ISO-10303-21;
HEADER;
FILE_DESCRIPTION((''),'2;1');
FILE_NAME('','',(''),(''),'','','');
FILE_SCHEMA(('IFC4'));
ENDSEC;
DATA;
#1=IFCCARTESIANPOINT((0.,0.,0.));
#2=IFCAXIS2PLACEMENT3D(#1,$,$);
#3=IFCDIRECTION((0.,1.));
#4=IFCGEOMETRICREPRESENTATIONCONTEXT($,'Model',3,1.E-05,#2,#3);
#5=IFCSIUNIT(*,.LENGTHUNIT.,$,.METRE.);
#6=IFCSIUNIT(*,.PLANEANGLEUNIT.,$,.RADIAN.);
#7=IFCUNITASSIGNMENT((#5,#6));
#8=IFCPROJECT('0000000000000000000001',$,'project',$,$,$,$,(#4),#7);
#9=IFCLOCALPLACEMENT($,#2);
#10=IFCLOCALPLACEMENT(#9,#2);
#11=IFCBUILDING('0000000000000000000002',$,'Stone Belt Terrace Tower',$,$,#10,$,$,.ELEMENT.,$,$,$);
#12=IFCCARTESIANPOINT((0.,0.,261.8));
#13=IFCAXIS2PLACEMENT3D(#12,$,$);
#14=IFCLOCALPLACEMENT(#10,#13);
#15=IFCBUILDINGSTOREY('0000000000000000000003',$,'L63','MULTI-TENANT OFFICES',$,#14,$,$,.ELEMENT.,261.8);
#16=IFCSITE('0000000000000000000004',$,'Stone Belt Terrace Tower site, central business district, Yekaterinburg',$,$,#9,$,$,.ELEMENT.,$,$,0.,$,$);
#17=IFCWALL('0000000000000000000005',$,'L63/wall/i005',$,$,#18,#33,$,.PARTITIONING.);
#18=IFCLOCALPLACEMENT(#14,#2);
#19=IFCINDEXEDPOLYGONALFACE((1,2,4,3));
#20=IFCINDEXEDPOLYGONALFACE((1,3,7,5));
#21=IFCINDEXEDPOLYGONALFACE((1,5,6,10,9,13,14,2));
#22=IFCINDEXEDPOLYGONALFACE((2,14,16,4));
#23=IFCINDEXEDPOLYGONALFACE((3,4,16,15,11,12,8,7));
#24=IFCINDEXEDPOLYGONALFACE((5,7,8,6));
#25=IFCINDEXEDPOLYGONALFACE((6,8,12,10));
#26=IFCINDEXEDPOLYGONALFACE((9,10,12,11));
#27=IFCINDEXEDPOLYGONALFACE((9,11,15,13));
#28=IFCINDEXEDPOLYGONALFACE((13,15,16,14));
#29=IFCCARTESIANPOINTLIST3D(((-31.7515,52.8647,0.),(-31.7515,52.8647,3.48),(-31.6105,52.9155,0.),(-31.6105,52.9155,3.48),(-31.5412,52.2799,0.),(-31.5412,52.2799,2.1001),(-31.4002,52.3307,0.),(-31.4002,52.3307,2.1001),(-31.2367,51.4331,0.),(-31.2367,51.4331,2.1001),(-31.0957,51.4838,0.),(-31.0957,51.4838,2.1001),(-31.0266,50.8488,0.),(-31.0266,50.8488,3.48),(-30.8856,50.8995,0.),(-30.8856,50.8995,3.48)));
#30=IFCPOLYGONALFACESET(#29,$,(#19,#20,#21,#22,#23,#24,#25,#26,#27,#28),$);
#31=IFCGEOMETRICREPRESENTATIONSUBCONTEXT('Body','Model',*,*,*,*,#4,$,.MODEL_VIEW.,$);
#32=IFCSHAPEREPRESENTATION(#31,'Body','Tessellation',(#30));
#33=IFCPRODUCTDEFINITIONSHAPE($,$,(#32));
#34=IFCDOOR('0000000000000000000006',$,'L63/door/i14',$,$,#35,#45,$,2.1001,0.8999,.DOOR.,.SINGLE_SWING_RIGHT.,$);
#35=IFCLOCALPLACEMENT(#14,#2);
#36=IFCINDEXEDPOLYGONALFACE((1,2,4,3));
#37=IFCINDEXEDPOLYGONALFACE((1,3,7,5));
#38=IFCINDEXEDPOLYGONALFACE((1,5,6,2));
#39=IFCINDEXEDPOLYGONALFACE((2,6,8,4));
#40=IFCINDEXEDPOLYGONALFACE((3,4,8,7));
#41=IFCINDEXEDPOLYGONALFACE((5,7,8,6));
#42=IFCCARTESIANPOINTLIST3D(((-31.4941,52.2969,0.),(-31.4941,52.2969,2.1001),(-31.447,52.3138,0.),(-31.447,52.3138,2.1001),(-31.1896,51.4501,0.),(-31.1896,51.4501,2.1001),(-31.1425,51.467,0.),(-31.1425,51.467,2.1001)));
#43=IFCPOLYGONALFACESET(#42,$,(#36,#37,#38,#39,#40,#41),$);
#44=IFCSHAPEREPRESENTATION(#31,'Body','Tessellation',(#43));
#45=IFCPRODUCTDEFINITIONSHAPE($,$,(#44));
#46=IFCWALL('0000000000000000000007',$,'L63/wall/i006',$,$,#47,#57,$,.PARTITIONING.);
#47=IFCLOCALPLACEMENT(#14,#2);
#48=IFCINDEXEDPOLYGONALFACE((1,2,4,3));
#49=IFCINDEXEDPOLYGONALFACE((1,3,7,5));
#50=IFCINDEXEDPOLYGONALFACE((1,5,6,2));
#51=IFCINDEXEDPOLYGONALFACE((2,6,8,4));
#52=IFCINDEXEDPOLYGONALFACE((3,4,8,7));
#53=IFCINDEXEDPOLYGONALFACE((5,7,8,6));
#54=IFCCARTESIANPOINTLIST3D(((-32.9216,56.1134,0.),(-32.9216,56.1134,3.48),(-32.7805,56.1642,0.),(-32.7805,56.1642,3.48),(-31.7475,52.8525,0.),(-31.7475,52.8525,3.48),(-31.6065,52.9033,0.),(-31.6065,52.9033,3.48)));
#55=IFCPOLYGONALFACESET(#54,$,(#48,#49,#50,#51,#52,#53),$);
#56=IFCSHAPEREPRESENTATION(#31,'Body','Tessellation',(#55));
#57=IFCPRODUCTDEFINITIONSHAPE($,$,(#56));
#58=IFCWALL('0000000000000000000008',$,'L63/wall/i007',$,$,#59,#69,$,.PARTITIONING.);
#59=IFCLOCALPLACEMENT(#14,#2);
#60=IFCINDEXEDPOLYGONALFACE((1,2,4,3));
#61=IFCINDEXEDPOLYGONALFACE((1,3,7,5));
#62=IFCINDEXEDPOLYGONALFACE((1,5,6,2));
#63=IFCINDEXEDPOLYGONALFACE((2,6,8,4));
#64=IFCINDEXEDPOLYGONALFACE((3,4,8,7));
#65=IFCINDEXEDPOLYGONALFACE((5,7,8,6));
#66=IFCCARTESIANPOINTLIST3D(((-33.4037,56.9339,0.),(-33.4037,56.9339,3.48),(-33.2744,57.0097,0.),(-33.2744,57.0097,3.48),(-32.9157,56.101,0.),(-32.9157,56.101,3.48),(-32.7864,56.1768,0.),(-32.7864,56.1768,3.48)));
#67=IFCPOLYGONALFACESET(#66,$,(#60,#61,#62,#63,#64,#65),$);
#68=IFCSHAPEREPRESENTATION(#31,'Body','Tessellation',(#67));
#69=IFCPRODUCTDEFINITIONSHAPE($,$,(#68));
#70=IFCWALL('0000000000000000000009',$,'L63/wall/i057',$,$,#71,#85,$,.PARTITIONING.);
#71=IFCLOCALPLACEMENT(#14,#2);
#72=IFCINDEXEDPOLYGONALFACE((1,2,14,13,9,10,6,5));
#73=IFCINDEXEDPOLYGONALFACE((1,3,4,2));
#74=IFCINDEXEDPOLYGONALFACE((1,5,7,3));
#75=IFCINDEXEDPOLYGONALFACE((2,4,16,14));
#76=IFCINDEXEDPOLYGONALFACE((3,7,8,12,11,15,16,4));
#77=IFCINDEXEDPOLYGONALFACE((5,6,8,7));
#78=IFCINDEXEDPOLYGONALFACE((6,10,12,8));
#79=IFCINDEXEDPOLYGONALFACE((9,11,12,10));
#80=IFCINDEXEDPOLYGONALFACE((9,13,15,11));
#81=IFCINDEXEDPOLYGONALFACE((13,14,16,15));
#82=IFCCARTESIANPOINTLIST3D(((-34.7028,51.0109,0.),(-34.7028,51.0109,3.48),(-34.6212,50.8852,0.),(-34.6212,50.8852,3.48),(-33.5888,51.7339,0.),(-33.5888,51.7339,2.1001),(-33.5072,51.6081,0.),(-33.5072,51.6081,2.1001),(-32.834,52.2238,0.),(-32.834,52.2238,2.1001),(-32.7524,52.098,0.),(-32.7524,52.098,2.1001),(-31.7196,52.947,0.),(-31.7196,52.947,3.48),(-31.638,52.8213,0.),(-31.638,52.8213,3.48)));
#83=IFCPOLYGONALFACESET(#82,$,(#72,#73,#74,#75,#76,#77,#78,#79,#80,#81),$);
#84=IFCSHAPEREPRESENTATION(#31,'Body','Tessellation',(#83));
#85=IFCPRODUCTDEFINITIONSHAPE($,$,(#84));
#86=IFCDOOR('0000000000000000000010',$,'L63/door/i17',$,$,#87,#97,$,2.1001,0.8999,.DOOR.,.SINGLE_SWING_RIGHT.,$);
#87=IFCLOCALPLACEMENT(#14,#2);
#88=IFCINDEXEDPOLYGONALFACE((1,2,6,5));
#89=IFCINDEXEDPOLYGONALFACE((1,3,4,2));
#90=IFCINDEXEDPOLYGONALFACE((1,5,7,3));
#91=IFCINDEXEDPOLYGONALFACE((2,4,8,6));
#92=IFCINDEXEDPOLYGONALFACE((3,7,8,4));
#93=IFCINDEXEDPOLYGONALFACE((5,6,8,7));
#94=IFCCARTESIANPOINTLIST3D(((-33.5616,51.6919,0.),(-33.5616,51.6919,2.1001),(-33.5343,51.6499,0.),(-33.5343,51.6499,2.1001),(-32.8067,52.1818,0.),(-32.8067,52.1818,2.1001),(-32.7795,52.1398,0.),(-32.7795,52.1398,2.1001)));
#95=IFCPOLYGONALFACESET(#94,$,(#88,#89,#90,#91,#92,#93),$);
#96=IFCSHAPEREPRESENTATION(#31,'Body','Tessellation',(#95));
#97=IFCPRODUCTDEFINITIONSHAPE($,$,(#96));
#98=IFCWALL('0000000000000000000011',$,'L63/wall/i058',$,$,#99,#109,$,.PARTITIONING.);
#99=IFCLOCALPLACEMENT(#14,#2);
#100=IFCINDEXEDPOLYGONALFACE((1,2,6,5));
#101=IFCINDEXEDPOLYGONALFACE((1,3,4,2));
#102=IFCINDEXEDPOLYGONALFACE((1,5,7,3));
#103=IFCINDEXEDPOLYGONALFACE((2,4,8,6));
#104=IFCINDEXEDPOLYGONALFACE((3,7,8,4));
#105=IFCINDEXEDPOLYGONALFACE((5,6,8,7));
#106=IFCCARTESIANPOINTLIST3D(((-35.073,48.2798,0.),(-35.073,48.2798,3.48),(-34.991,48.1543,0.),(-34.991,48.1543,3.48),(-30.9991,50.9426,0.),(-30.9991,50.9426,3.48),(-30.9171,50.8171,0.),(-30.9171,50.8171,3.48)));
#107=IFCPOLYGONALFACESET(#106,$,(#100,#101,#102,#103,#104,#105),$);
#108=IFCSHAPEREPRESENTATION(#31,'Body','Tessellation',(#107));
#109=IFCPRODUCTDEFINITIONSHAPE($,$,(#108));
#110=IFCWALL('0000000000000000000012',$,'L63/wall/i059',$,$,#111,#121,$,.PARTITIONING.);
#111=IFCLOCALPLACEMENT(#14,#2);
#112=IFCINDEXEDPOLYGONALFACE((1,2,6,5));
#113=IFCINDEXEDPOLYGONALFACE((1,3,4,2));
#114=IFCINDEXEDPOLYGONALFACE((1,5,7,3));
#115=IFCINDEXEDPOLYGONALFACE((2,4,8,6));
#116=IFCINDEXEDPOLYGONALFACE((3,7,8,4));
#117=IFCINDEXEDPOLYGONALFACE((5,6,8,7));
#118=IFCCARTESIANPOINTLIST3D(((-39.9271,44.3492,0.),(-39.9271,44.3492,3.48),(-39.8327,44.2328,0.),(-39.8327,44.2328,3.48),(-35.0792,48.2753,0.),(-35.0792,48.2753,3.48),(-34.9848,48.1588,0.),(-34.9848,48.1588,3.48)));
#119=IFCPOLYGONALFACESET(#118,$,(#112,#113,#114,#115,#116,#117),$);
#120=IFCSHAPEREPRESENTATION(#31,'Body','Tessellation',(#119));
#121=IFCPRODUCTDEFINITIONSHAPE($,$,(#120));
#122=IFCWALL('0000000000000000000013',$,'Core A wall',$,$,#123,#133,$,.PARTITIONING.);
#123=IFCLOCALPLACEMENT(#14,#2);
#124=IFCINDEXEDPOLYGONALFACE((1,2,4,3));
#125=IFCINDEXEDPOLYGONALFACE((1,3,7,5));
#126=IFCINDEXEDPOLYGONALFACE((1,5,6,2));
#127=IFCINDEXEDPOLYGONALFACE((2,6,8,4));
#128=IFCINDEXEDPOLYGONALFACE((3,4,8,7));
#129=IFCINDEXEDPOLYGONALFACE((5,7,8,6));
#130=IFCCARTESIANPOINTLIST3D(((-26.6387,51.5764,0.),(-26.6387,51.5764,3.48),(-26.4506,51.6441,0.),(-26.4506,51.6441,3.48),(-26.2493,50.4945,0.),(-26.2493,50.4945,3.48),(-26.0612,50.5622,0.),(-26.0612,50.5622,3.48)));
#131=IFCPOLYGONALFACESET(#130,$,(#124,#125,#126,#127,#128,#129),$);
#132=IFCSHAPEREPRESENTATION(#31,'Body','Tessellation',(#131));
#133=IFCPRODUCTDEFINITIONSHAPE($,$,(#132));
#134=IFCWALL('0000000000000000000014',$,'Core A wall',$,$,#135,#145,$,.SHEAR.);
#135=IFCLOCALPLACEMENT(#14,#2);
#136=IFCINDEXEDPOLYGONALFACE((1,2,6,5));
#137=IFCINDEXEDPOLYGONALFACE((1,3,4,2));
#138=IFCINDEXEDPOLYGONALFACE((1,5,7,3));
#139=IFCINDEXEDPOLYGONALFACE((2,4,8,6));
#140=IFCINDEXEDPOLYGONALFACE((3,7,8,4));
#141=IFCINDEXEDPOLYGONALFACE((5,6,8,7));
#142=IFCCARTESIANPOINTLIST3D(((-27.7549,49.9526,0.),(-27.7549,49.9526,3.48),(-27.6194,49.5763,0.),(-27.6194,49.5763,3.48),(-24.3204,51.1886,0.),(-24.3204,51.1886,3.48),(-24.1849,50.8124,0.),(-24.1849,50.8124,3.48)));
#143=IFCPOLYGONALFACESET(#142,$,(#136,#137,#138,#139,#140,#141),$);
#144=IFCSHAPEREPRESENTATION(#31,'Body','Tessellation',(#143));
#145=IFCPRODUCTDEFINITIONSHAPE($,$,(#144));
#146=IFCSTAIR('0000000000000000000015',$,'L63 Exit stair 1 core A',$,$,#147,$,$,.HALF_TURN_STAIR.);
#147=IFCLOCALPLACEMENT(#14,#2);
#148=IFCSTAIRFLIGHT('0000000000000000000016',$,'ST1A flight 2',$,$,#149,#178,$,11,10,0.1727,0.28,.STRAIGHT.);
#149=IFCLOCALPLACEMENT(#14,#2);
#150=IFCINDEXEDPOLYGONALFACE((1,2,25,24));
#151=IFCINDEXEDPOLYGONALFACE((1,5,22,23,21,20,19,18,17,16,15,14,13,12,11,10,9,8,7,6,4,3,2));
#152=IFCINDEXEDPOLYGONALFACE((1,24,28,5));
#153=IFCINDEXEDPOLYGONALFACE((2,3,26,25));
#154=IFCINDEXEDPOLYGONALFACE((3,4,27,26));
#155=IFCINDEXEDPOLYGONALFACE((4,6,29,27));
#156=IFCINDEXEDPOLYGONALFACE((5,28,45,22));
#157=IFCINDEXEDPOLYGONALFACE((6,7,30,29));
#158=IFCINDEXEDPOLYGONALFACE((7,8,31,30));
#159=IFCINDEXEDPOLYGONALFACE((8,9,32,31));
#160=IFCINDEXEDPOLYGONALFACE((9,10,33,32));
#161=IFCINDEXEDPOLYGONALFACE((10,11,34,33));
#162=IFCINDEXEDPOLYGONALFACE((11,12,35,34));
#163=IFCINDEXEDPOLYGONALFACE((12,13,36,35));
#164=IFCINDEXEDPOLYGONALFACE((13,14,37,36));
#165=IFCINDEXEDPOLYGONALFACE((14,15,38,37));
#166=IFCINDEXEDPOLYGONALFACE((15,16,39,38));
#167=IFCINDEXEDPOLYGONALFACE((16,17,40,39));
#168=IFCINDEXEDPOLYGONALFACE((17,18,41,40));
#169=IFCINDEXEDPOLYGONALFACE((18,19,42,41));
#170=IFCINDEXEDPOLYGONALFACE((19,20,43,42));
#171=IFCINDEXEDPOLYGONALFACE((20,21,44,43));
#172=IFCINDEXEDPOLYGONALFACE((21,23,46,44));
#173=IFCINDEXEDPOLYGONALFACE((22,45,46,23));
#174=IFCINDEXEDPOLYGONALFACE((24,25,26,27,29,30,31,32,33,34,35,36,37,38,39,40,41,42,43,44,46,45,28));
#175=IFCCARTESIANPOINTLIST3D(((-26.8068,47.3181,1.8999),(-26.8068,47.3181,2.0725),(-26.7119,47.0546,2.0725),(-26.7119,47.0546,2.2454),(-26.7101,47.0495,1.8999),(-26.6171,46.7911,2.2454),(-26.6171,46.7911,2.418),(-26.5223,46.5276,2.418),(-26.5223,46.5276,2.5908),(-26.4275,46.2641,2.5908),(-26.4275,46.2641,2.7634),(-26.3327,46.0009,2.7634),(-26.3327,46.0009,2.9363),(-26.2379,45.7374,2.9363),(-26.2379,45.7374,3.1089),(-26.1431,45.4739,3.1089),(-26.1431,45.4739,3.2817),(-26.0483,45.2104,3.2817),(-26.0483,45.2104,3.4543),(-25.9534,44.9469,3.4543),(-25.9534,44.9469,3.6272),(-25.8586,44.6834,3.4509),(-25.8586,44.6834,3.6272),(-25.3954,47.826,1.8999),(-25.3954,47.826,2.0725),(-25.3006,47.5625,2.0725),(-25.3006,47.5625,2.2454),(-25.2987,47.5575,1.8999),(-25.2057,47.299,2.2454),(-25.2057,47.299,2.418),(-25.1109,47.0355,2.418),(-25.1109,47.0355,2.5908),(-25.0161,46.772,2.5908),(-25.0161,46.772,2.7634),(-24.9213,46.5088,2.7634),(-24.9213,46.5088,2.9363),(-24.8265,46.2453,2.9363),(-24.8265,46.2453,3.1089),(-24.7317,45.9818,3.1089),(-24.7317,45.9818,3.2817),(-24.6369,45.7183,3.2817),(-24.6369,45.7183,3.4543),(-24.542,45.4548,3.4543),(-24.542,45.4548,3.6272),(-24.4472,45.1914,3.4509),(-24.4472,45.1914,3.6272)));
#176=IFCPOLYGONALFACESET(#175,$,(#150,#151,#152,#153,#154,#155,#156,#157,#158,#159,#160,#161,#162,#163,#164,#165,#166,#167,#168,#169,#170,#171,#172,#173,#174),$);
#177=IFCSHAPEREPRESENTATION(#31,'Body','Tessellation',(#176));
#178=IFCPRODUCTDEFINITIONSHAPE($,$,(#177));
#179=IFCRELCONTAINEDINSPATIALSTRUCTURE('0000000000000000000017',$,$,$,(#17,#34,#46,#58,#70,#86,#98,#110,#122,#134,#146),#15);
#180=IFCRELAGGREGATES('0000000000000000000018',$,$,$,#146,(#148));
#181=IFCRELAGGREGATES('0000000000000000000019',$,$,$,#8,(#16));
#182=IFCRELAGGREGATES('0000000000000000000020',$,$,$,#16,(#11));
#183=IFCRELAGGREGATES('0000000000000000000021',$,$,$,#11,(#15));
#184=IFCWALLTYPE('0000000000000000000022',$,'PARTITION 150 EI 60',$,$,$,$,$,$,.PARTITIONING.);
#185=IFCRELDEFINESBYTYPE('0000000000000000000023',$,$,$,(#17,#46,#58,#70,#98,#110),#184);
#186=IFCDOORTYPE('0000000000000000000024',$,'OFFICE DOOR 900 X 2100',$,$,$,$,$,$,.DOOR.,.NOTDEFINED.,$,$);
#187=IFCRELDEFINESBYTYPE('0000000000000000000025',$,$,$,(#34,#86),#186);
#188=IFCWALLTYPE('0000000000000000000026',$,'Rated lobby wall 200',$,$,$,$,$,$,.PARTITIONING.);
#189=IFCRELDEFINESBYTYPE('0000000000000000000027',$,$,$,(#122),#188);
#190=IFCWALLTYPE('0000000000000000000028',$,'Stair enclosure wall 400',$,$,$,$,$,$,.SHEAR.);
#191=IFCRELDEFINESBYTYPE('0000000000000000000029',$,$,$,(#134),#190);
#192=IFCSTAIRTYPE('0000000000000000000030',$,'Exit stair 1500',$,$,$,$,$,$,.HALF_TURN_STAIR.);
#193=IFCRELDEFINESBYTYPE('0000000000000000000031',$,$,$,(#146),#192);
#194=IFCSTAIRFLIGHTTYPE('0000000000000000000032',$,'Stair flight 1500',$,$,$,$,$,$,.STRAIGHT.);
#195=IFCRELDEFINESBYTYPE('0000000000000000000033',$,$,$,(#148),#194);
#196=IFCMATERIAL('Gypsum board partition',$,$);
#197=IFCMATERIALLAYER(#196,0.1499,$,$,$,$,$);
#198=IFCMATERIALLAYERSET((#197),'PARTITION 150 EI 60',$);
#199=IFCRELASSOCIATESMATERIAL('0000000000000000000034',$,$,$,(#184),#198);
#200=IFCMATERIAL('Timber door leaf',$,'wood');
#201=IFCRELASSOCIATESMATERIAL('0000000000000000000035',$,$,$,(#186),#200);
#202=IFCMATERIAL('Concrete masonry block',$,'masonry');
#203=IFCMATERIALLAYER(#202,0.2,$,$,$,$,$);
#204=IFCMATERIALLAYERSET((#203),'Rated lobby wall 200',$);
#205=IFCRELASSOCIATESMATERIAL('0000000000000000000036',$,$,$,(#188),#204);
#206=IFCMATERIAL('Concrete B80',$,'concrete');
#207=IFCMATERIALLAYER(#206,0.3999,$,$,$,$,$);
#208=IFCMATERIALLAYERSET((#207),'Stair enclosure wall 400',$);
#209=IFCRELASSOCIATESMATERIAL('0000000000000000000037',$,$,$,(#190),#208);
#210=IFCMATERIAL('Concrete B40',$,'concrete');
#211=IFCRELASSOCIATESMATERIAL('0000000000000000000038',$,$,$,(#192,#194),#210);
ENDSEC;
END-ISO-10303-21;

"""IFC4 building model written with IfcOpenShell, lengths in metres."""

from ifc_helpers import new_model, si_unit, direction, frame, frame_2d, origin, place, context, subcontext, project, spatial, polyline, rectangle, outline, extrude, material, layer, layer_set, type_object, element, fill, aggregate, save


model = new_model("IFC4")

# Units and contexts
model_context = context("Model", 3, precision=1e-05, world=origin(), true_north=direction((0.0, 1.0)))
body_context = subcontext(model_context, "Body", "Model", "MODEL_VIEW")
ifc_project = project(units=[si_unit("LENGTHUNIT", "METRE"), si_unit("PLANEANGLEUNIT", "RADIAN")], contexts=[model_context])

# Site, building, storey
site_placement = place(None, origin())
site = spatial("IfcSite", under=ifc_project, at=site_placement, Name="Stone Belt Terrace Tower site, central business district, Yekaterinburg", CompositionType="ELEMENT", RefElevation=0.0)
building_placement = place(site_placement, origin())
building = spatial("IfcBuilding", under=site, at=building_placement, Name="Stone Belt Terrace Tower", CompositionType="ELEMENT")
storey_placement = place(building_placement, frame((0.0, 0.0, 261.8)))
storey = spatial("IfcBuildingStorey", under=building, at=storey_placement, Name="L63", Description="MULTI-TENANT OFFICES", CompositionType="ELEMENT", Elevation=261.8)

# Wall, opening, door
ifc_material_1 = material(Name="Concrete B80", Category="concrete")
ifc_material_2 = material(Name="Gypsum board partition")
ifc_layer_1 = layer(ifc_material_2, 0.1499)
ifc_layer_set_1 = layer_set([ifc_layer_1], Name="PARTITION 150 EI 60")
wall_type_1 = type_object("IfcWallType", Name="PARTITION 150 EI 60", PredefinedType="PARTITIONING", material=ifc_layer_set_1)
ifc_material_3 = material(Name="Timber door leaf", Category="wood")
door_type_1 = type_object("IfcDoorType", Name="OFFICE DOOR 900 X 2100", OperationType="NOTDEFINED", PredefinedType="DOOR", material=ifc_material_3)
wall_1_placement = place(storey_placement, frame((-30.9561, 50.874, 0.0), z_axis=(0.0, 0.0, 1.0), x_axis=(-0.338364, 0.941015, 0.0)))
wall_1 = element("IfcWall", 1, at=wall_1_placement, inside=storey, type_object=wall_type_1, Name="L63/wall/i005", PredefinedType="PARTITIONING", context=body_context, shape_type="SweptSolid", body=[
    extrude(rectangle(XDim=2.1423, YDim=0.1499, at=frame_2d((1.0713, 0.0))), origin(), (0.0, 0.0, 1.0), 3.48),
])
opening_1_placement = place(wall_1_placement, frame((0.6211, 0.0, 0.0)))
opening_1 = element("IfcOpeningElement", 2, at=opening_1_placement, cuts=wall_1, PredefinedType="OPENING", context=body_context, shape_type="SweptSolid", body=[
    extrude(rectangle(XDim=0.8999, YDim=2.1001, at=frame_2d((0.45, 1.05))), frame((0.0, 0.085, 0.0), z_axis=(0.0, -1.0, 0.0), x_axis=(1.0, 0.0, 0.0)), (0.0, 0.0, 1.0), 0.1699),
])
door_1_placement = place(opening_1_placement, origin())
door_1 = element("IfcDoor", 3, at=door_1_placement, inside=storey, type_object=door_type_1, Name="L63/door/i14", OperationType="SINGLE_SWING_RIGHT", OverallHeight=2.1001, OverallWidth=0.8999, PredefinedType="DOOR", context=body_context, shape_type="SweptSolid", body=[
    extrude(rectangle(XDim=0.8999, YDim=2.1001, at=frame_2d((0.45, 1.05))), frame((0.0, 0.0249, 0.0), z_axis=(0.0, -1.0, 0.0), x_axis=(1.0, 0.0, 0.0)), (0.0, 0.0, 1.0), 0.05),
])
fill(opening_1, door_1)

# Walls
wall_2_placement = place(storey_placement, frame((-31.677, 52.8779, 0.0), z_axis=(0.0, 0.0, 1.0), x_axis=(-0.338749, 0.940877, 0.0)))
element("IfcWall", 4, at=wall_2_placement, inside=storey, type_object=wall_type_1, Name="L63/wall/i006", PredefinedType="PARTITIONING", context=body_context, shape_type="SweptSolid", body=[
    extrude(rectangle(XDim=3.4658, YDim=0.1499, at=frame_2d((1.7329, 0.0))), origin(), (0.0, 0.0, 1.0), 3.48),
])
wall_3_placement = place(storey_placement, frame((-32.8511, 56.1389, 0.0), z_axis=(0.0, 0.0, 1.0), x_axis=(-0.505505, 0.862823, 0.0)))
element("IfcWall", 5, at=wall_3_placement, inside=storey, type_object=wall_type_1, Name="L63/wall/i007", PredefinedType="PARTITIONING", context=body_context, shape_type="SweptSolid", body=[
    extrude(rectangle(XDim=0.9653, YDim=0.1499, at=frame_2d((0.4827, 0.0))), origin(), (0.0, 0.0, 1.0), 3.48),
])

# Wall, opening, door
wall_4_placement = place(storey_placement, frame((-34.6621, 50.948, 0.0), z_axis=(0.0, 0.0, 1.0), x_axis=(0.838831, 0.544392, 0.0)))
wall_4 = element("IfcWall", 6, at=wall_4_placement, inside=storey, type_object=wall_type_1, Name="L63/wall/i057", PredefinedType="PARTITIONING", context=body_context, shape_type="SweptSolid", body=[
    extrude(rectangle(XDim=3.5564, YDim=0.1499, at=frame_2d((1.7783, 0.0))), origin(), (0.0, 0.0, 1.0), 3.48),
])
opening_2_placement = place(wall_4_placement, frame((1.3281, 0.0, 0.0)))
opening_2 = element("IfcOpeningElement", 7, at=opening_2_placement, cuts=wall_4, PredefinedType="OPENING", context=body_context, shape_type="SweptSolid", body=[
    extrude(rectangle(XDim=0.8999, YDim=2.1001, at=frame_2d((0.45, 1.05))), frame((0.0, 0.085, 0.0), z_axis=(0.0, -1.0, 0.0), x_axis=(1.0, 0.0, 0.0)), (0.0, 0.0, 1.0), 0.1699),
])
door_2_placement = place(opening_2_placement, origin())
door_2 = element("IfcDoor", 8, at=door_2_placement, inside=storey, type_object=door_type_1, Name="L63/door/i17", OperationType="SINGLE_SWING_RIGHT", OverallHeight=2.1001, OverallWidth=0.8999, PredefinedType="DOOR", context=body_context, shape_type="SweptSolid", body=[
    extrude(rectangle(XDim=0.8999, YDim=2.1001, at=frame_2d((0.45, 1.05))), frame((0.0, 0.0249, 0.0), z_axis=(0.0, -1.0, 0.0), x_axis=(1.0, 0.0, 0.0)), (0.0, 0.0, 1.0), 0.05),
])
fill(opening_2, door_2)

# Walls
wall_5_placement = place(storey_placement, frame((-30.958, 50.8799, 0.0), z_axis=(0.0, 0.0, 1.0), x_axis=(-0.837055, -0.547118, 0.0)))
element("IfcWall", 9, at=wall_5_placement, inside=storey, type_object=wall_type_1, Name="L63/wall/i058", PredefinedType="PARTITIONING", context=body_context, shape_type="SweptSolid", body=[
    extrude(rectangle(XDim=4.8669, YDim=0.1499, at=frame_2d((2.4336, 0.0))), origin(), (0.0, 0.0, 1.0), 3.48),
])
wall_6_placement = place(storey_placement, frame((-35.032, 48.217, 0.0), z_axis=(0.0, 0.0, 1.0), x_axis=(-0.777125, -0.629347, 0.0)))
element("IfcWall", 10, at=wall_6_placement, inside=storey, type_object=wall_type_1, Name="L63/wall/i059", PredefinedType="PARTITIONING", context=body_context, shape_type="SweptSolid", body=[
    extrude(rectangle(XDim=6.2383, YDim=0.1499, at=frame_2d((3.1191, 0.0))), origin(), (0.0, 0.0, 1.0), 3.48),
])
ifc_material_4 = material(Name="Concrete masonry block", Category="masonry")
ifc_layer_2 = layer(ifc_material_4, 0.2)
ifc_layer_set_2 = layer_set([ifc_layer_2], Name="Rated lobby wall 200")
wall_type_2 = type_object("IfcWallType", Name="Rated lobby wall 200", PredefinedType="PARTITIONING", material=ifc_layer_set_2)
wall_7_placement = place(storey_placement, frame((-26.1553, 50.5283, 0.0), z_axis=(0.0, 0.0, 1.0), x_axis=(-0.338622, 0.940923, 0.0)))
element("IfcWall", 11, at=wall_7_placement, inside=storey, type_object=wall_type_2, Name="Core A wall", PredefinedType="PARTITIONING", context=body_context, shape_type="SweptSolid", body=[
    extrude(rectangle(XDim=1.1499, YDim=0.2, at=frame_2d((0.575, 0.0))), origin(), (0.0, 0.0, 1.0), 3.48),
])
ifc_layer_3 = layer(ifc_material_1, 0.3999)
ifc_layer_set_3 = layer_set([ifc_layer_3], Name="Stair enclosure wall 400")
wall_type_3 = type_object("IfcWallType", Name="Stair enclosure wall 400", PredefinedType="SHEAR", material=ifc_layer_set_3)
wall_8_placement = place(storey_placement, frame((-27.6873, 49.7644, 0.0), z_axis=(0.0, 0.0, 1.0), x_axis=(0.940919, 0.338632, 0.0)))
element("IfcWall", 12, at=wall_8_placement, inside=storey, type_object=wall_type_3, Name="Core A wall", PredefinedType="SHEAR", context=body_context, shape_type="SweptSolid", body=[
    extrude(rectangle(XDim=3.6501, YDim=0.3999, at=frame_2d((1.8252, 0.0))), origin(), (0.0, 0.0, 1.0), 3.48),
])

# Stair, stair flight
ifc_material_5 = material(Name="Concrete B40", Category="concrete")
stair_type = type_object("IfcStairType", Name="Exit stair 1500", PredefinedType="HALF_TURN_STAIR", material=ifc_material_5)
stair_placement = place(storey_placement, origin())
stair = element("IfcStair", 13, at=stair_placement, inside=storey, type_object=stair_type, Name="L63 Exit stair 1 core A", PredefinedType="HALF_TURN_STAIR")
stair_flight_type = type_object("IfcStairFlightType", Name="Stair flight 1500", PredefinedType="STRAIGHT", material=ifc_material_5)
stair_flight_placement = place(storey_placement, frame((-26.1011, 47.572, 1.8999), z_axis=(0.0, 0.0, 1.0), x_axis=(0.338624, -0.940922, 0.0)))
stair_flight = element("IfcStairFlight", 14, at=stair_flight_placement, type_object=stair_flight_type, Name="ST1A flight 2", NumberOfRisers=11, NumberOfTreads=10, PredefinedType="STRAIGHT", RiserHeight=0.1727, TreadLength=0.28, context=body_context, shape_type="SweptSolid", body=[
    extrude(outline(polyline([(0.0, 0.0), (0.0, 0.1726), (0.28, 0.1726), (0.28, 0.3455), (0.5601, 0.3455), (0.5601, 0.5181), (0.8401, 0.5181), (0.8401, 0.6909), (1.1201, 0.6909), (1.1201, 0.8635), (1.3999, 0.8635), (1.3999, 1.0364), (1.6799, 1.0364), (1.6799, 1.209), (1.96, 1.209), (1.96, 1.3818), (2.24, 1.3818), (2.24, 1.5544), (2.52, 1.5544), (2.52, 1.7273), (2.8, 1.7273), (2.8, 1.8999), (2.8, 1.551), (0.2854, 0.0), (0.0, 0.0)])), frame((0.0, 0.75, 0.0), z_axis=(0.0, -1.0, 0.0), x_axis=(1.0, 0.0, 0.0)), (0.0, 0.0, 1.0), 1.5),
])
aggregate(stair, [stair_flight])

save(model, "model.ifc")
